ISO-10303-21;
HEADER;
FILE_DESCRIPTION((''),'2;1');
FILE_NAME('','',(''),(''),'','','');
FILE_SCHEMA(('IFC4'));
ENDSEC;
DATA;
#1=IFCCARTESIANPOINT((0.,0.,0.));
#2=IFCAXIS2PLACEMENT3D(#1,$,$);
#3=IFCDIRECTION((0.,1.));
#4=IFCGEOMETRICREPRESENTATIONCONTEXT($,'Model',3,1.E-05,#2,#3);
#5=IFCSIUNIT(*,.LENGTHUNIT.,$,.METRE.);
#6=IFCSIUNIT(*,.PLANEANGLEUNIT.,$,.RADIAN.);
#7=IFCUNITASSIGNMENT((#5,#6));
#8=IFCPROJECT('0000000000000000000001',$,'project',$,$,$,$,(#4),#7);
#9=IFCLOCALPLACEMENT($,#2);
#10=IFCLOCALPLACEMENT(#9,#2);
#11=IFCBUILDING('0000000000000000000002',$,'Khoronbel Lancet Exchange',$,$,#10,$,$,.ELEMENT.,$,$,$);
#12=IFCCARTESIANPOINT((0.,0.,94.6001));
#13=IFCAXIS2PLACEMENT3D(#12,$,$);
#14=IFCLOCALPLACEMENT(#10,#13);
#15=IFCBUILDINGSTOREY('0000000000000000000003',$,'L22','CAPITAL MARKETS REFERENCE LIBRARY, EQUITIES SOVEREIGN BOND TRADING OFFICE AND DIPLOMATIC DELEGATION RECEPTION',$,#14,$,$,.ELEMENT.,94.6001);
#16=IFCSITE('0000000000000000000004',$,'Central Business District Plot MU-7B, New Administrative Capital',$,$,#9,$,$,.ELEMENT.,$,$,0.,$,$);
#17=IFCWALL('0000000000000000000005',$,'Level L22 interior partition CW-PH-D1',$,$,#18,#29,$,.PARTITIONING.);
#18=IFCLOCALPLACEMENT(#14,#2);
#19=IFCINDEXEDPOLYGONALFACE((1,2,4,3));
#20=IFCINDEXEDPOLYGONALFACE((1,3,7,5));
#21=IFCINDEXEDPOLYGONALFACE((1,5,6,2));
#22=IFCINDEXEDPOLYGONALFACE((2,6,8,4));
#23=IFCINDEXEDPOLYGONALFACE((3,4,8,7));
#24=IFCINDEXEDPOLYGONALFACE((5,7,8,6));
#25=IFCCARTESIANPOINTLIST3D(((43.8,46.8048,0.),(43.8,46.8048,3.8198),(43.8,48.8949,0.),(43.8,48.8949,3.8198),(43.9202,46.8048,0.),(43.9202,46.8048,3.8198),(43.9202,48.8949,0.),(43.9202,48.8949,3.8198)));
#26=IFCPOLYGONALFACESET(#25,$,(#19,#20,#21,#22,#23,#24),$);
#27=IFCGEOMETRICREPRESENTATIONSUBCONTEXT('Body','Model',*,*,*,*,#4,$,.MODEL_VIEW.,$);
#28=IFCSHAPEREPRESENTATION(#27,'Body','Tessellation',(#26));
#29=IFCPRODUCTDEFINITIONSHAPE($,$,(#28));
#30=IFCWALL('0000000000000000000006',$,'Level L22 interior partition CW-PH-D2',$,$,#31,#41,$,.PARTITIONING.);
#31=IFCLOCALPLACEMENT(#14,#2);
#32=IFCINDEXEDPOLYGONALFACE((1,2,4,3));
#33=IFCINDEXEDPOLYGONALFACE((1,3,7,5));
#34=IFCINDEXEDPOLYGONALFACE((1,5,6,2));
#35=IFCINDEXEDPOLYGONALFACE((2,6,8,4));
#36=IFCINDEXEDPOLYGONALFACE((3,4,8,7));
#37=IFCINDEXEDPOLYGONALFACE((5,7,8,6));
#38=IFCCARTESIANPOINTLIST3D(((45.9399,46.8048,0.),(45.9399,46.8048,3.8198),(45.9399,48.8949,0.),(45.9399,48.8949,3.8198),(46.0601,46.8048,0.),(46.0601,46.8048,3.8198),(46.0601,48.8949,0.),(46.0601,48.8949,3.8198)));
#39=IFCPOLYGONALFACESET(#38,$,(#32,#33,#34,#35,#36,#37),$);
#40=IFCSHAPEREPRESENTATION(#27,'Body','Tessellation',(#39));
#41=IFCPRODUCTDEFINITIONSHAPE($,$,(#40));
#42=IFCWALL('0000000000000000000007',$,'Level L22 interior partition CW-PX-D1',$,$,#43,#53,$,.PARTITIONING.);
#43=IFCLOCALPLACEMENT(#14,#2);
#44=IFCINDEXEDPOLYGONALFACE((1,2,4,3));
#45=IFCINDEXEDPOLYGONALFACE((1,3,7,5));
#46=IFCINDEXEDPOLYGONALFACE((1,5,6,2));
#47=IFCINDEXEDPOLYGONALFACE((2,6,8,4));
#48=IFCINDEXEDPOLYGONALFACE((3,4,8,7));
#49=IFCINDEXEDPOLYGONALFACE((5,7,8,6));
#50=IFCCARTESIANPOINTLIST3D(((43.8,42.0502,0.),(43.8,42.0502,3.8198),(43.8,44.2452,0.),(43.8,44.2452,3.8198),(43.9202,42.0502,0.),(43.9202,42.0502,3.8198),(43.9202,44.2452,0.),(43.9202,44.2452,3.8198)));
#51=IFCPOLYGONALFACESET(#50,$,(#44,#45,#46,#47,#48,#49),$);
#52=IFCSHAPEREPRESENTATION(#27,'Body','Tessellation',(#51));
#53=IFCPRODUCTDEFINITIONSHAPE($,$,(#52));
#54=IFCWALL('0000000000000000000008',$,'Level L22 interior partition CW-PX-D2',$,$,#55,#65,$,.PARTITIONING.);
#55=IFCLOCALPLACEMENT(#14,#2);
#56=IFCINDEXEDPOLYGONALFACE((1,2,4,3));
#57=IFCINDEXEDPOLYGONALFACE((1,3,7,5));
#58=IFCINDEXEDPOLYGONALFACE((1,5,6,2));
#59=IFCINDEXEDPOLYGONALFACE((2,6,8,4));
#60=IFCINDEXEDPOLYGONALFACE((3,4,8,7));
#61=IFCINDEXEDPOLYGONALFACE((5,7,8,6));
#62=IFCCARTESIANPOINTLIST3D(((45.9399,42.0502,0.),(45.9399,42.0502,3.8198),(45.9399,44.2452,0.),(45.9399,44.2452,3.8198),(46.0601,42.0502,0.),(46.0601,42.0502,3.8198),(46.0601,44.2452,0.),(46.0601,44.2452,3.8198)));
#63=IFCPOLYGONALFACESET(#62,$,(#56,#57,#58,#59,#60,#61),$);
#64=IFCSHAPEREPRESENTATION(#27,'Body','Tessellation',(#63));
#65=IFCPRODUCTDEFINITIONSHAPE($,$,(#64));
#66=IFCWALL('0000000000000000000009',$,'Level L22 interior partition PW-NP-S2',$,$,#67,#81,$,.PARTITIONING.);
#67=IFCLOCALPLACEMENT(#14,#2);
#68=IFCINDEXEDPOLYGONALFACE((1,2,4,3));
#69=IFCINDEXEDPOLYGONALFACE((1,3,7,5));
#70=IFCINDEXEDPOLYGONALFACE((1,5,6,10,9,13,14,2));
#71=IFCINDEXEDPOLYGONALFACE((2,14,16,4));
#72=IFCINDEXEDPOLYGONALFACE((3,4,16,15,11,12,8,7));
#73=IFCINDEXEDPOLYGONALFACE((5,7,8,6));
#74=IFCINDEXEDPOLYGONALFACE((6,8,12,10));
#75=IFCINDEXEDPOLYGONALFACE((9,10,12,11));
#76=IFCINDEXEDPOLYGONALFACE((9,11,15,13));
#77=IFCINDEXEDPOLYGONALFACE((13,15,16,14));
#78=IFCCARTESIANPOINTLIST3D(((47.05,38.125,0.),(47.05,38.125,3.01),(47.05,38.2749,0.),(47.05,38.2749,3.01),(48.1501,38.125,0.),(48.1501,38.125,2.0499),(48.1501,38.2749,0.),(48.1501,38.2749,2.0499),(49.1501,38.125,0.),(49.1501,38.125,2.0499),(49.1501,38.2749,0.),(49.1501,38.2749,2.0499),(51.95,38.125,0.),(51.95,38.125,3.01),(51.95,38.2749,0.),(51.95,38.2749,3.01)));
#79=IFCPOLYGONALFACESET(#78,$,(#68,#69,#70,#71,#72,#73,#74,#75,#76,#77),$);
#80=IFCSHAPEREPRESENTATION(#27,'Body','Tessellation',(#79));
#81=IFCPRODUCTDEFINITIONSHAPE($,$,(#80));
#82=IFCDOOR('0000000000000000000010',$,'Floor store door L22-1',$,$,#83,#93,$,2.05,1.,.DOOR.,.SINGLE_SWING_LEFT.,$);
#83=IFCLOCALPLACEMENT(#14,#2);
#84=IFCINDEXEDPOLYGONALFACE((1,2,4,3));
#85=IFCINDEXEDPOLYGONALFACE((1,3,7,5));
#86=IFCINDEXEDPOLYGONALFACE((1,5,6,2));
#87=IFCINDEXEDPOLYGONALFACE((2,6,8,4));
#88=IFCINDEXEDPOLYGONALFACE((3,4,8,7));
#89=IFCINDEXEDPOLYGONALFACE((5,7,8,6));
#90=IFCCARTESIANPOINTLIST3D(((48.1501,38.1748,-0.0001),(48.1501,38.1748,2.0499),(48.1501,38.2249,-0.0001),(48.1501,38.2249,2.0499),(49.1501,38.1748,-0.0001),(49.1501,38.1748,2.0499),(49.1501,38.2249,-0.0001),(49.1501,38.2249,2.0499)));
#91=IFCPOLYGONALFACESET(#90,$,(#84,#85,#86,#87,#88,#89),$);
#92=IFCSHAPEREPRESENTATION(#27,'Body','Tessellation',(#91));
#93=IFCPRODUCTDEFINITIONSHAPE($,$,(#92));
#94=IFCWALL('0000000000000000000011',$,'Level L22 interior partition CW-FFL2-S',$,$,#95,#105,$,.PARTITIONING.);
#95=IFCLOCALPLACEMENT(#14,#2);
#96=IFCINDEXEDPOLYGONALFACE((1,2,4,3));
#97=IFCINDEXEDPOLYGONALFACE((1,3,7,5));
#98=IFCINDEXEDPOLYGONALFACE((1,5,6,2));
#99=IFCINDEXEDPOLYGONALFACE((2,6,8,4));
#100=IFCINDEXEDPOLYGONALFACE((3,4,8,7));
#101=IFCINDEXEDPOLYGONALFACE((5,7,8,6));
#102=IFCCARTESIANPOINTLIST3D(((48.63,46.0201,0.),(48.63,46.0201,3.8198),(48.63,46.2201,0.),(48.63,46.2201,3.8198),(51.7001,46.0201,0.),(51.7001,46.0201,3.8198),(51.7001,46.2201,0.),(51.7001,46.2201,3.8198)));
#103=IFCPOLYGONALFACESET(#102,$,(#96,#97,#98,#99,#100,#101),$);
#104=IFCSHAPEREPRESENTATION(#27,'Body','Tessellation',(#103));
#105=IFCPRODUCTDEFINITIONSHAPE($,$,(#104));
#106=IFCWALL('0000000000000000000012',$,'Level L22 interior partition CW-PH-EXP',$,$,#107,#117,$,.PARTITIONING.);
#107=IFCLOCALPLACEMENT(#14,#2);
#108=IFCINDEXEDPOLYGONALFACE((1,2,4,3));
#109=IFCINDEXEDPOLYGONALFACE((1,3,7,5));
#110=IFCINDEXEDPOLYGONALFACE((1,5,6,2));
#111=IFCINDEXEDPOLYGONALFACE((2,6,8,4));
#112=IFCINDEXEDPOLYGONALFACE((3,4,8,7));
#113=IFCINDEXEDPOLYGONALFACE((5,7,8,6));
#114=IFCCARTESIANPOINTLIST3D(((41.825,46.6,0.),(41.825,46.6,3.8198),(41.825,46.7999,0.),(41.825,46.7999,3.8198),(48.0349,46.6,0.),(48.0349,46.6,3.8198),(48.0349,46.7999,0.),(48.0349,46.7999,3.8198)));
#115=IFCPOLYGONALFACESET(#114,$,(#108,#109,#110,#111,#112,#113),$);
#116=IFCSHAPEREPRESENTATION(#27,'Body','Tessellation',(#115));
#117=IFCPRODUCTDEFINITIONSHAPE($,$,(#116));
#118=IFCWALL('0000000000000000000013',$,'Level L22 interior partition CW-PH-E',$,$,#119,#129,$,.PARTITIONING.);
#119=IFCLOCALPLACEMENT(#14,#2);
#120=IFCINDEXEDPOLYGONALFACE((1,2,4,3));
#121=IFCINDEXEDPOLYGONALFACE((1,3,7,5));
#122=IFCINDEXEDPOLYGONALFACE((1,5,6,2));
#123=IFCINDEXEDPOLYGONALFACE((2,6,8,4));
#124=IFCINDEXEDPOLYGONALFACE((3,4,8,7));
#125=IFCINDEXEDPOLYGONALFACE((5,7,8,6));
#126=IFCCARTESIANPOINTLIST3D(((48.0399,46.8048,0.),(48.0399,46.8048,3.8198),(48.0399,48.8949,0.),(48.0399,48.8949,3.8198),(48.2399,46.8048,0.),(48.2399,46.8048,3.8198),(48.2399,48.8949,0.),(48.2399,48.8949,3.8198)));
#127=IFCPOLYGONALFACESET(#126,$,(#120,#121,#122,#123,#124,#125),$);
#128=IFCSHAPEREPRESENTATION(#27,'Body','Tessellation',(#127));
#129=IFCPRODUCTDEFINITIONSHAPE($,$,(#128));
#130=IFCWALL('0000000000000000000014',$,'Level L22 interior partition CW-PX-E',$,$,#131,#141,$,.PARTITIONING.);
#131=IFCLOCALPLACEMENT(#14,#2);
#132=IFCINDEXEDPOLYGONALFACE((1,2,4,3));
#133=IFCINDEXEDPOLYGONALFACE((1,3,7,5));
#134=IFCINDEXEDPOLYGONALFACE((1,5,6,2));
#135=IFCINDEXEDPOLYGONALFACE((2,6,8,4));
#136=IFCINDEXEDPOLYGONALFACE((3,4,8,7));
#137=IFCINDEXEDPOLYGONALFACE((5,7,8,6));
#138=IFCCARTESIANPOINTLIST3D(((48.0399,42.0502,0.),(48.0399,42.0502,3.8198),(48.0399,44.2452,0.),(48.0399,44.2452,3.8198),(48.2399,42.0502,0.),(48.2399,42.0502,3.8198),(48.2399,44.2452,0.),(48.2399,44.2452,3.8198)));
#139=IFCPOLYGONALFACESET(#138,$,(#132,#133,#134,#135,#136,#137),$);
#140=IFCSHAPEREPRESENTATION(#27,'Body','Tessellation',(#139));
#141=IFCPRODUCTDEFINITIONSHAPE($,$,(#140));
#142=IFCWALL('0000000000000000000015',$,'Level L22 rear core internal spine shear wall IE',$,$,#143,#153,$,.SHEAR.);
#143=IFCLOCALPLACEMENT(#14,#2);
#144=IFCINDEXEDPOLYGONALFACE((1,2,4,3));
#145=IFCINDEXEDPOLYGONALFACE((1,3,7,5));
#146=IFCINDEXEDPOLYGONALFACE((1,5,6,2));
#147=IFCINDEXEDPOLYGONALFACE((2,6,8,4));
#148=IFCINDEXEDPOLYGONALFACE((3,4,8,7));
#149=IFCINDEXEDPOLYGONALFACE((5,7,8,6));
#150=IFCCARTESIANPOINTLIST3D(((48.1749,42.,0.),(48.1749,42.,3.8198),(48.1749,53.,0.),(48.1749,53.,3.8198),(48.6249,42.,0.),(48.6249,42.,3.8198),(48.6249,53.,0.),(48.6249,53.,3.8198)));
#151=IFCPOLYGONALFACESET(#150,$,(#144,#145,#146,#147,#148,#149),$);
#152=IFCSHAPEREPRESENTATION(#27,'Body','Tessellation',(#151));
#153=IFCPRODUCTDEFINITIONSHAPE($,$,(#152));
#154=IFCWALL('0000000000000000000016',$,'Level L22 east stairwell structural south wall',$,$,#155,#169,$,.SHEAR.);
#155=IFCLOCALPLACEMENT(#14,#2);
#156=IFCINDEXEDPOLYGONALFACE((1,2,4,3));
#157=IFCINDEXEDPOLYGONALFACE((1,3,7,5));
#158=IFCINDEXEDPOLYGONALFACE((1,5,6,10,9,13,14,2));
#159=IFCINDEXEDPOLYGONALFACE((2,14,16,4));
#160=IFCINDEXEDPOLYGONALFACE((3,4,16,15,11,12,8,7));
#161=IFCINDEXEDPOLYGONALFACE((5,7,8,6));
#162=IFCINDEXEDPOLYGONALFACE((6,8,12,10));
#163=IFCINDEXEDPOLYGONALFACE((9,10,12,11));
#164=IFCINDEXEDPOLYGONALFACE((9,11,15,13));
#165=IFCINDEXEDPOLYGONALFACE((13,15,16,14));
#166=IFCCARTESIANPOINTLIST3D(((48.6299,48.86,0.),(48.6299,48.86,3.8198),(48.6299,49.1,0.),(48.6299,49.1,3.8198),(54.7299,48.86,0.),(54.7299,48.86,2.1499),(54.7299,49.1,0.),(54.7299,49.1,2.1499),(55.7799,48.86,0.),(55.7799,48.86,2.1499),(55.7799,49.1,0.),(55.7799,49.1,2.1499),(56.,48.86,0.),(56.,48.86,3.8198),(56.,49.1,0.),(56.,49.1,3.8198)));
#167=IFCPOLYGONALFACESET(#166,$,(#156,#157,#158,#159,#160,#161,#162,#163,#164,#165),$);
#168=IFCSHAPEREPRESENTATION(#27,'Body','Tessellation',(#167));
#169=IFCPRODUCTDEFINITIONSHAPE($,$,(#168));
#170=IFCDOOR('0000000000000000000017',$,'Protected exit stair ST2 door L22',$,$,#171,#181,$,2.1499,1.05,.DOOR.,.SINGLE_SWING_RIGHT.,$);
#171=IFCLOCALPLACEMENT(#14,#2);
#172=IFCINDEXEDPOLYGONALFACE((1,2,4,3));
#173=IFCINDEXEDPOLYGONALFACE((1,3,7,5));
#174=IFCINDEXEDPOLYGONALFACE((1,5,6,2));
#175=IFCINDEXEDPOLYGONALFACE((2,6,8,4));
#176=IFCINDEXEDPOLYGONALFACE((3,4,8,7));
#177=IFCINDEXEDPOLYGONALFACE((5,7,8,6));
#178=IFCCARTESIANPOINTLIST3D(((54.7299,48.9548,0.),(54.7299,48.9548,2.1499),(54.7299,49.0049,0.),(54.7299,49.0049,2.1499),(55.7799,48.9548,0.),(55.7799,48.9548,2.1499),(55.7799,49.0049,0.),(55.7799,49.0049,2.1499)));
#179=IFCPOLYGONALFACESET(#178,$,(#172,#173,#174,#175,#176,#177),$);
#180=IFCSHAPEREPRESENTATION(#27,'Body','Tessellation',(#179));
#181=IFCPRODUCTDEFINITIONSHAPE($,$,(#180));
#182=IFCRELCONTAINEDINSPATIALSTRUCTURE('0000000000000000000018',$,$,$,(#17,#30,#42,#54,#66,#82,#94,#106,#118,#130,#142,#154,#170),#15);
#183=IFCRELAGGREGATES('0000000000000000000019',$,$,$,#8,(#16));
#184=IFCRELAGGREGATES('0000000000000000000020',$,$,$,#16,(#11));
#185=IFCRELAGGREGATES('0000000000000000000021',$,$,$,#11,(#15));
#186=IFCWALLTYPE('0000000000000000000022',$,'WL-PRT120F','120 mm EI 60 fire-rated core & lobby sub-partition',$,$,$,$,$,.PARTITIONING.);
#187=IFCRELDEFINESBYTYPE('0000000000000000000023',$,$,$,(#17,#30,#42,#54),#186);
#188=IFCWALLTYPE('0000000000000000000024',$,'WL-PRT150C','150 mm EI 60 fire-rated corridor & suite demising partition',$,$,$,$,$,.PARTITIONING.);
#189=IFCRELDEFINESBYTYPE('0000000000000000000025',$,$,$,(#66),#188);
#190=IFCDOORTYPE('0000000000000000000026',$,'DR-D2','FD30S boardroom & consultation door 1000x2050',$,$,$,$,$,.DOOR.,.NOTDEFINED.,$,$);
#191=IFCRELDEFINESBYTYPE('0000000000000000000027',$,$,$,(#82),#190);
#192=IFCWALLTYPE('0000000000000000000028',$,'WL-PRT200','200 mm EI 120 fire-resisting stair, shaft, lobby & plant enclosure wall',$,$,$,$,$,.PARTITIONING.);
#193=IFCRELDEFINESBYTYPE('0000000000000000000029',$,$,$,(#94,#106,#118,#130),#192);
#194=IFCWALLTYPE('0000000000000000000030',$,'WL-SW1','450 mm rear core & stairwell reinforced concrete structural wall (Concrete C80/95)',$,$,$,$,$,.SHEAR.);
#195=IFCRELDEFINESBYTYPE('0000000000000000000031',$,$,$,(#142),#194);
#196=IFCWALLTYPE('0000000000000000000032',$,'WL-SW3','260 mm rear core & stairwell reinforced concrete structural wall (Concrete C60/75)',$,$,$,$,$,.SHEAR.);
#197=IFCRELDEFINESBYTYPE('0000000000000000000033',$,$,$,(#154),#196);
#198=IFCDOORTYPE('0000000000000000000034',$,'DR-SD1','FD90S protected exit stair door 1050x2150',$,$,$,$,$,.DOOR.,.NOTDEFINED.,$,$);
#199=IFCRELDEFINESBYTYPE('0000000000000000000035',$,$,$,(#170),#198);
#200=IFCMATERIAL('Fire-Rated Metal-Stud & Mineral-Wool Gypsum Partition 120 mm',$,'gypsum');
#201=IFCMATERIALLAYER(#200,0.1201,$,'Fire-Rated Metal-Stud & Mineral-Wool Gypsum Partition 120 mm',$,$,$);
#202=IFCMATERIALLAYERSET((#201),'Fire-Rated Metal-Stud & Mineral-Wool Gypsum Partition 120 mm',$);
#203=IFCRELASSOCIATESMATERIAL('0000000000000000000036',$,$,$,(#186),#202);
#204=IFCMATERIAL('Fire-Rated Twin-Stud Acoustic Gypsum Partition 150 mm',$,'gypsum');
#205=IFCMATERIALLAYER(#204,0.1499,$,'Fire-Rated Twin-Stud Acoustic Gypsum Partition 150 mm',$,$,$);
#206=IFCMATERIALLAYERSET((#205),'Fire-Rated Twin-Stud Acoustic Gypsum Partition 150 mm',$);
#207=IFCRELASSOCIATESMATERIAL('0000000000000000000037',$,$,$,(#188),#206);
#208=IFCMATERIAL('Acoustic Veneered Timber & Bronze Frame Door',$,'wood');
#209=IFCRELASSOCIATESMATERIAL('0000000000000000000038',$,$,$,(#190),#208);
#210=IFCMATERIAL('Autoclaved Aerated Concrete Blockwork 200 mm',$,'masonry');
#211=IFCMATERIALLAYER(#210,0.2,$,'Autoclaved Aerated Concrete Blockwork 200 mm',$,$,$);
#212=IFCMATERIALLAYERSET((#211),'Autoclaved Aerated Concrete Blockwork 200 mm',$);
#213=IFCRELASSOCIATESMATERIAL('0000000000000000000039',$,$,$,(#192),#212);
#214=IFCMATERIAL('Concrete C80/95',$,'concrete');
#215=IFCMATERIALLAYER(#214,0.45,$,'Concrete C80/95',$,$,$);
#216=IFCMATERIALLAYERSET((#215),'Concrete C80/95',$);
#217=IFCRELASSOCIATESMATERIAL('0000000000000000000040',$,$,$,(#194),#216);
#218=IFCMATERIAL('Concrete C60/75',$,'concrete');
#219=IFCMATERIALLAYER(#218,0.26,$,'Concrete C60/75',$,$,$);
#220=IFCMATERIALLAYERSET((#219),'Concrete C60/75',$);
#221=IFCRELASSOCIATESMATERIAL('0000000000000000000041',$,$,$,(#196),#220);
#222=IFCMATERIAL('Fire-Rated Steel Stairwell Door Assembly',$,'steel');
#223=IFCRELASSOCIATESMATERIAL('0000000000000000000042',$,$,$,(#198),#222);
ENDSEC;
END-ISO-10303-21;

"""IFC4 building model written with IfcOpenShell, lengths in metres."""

from ifc_helpers import new_model, si_unit, direction, frame, frame_2d, origin, place, context, subcontext, project, spatial, rectangle, extrude, material, layer, layer_set, type_object, element, fill, save


model = new_model("IFC4")

# Units and contexts
model_context = context("Model", 3, precision=1e-05, world=origin(), true_north=direction((0.0, 1.0)))
body_context = subcontext(model_context, "Body", "Model", "MODEL_VIEW")
ifc_project = project(units=[si_unit("LENGTHUNIT", "METRE"), si_unit("PLANEANGLEUNIT", "RADIAN")], contexts=[model_context])

# Site, building, storey
site_placement = place(None, origin())
site = spatial("IfcSite", under=ifc_project, at=site_placement, Name="Central Business District Plot MU-7B, New Administrative Capital", CompositionType="ELEMENT", RefElevation=0.0)
building_placement = place(site_placement, origin())
building = spatial("IfcBuilding", under=site, at=building_placement, Name="Khoronbel Lancet Exchange", CompositionType="ELEMENT")
storey_placement = place(building_placement, frame((0.0, 0.0, 94.6001)))
storey = spatial("IfcBuildingStorey", under=building, at=storey_placement, Name="L22", Description="CAPITAL MARKETS REFERENCE LIBRARY, EQUITIES SOVEREIGN BOND TRADING OFFICE AND DIPLOMATIC DELEGATION RECEPTION", CompositionType="ELEMENT", Elevation=94.6001)

# Walls
ifc_material_1 = material(Name="Fire-Rated Metal-Stud & Mineral-Wool Gypsum Partition 120 mm", Category="gypsum")
ifc_layer_1 = layer(ifc_material_1, 0.1201, Name="Fire-Rated Metal-Stud & Mineral-Wool Gypsum Partition 120 mm")
ifc_layer_set_1 = layer_set([ifc_layer_1], Name="Fire-Rated Metal-Stud & Mineral-Wool Gypsum Partition 120 mm")
wall_type_1 = type_object("IfcWallType", Name="WL-PRT120F", Description="120 mm EI 60 fire-rated core & lobby sub-partition", PredefinedType="PARTITIONING", material=ifc_layer_set_1)
for number, where, z_axis, x_axis, name in (
    (1, (43.8601, 46.8049, 0.0), (0.0, 0.0, 1.0), (0.0, 1.0, 0.0), "Level L22 interior partition CW-PH-D1"),
    (2, (46.0, 46.8049, 0.0), (0.0, 0.0, 1.0), (0.0, 1.0, 0.0), "Level L22 interior partition CW-PH-D2"),
):
    element("IfcWall", number, at=place(storey_placement, frame(where, z_axis=z_axis, x_axis=x_axis)), inside=storey, type_object=wall_type_1, Name=name, PredefinedType="PARTITIONING", context=body_context, shape_type="SweptSolid", body=[
        extrude(rectangle(XDim=2.0901, YDim=0.1201, at=frame_2d((1.0449, 0.0))), origin(), (0.0, 0.0, 1.0), 3.8198),
    ])
for number, where, z_axis, x_axis, name in (
    (3, (43.8601, 42.05, 0.0), (0.0, 0.0, 1.0), (0.0, 1.0, 0.0), "Level L22 interior partition CW-PX-D1"),
    (4, (46.0, 42.05, 0.0), (0.0, 0.0, 1.0), (0.0, 1.0, 0.0), "Level L22 interior partition CW-PX-D2"),
):
    element("IfcWall", number, at=place(storey_placement, frame(where, z_axis=z_axis, x_axis=x_axis)), inside=storey, type_object=wall_type_1, Name=name, PredefinedType="PARTITIONING", context=body_context, shape_type="SweptSolid", body=[
        extrude(rectangle(XDim=2.1951, YDim=0.1201, at=frame_2d((1.0977, 0.0))), origin(), (0.0, 0.0, 1.0), 3.8198),
    ])

# Wall, opening, door
ifc_material_2 = material(Name="Fire-Rated Twin-Stud Acoustic Gypsum Partition 150 mm", Category="gypsum")
ifc_layer_2 = layer(ifc_material_2, 0.1499, Name="Fire-Rated Twin-Stud Acoustic Gypsum Partition 150 mm")
ifc_layer_set_2 = layer_set([ifc_layer_2], Name="Fire-Rated Twin-Stud Acoustic Gypsum Partition 150 mm")
wall_type_2 = type_object("IfcWallType", Name="WL-PRT150C", Description="150 mm EI 60 fire-rated corridor & suite demising partition", PredefinedType="PARTITIONING", material=ifc_layer_set_2)
wall_1_placement = place(storey_placement, frame((47.05, 38.2, 0.0), z_axis=(0.0, 0.0, 1.0), x_axis=(1.0, 0.0, 0.0)))
wall_1 = element("IfcWall", 5, at=wall_1_placement, inside=storey, type_object=wall_type_2, Name="Level L22 interior partition PW-NP-S2", PredefinedType="PARTITIONING", context=body_context, shape_type="SweptSolid", body=[
    extrude(rectangle(XDim=4.8999, YDim=0.1499, at=frame_2d((2.45, 0.0))), origin(), (0.0, 0.0, 1.0), 3.01),
])
opening_1_placement = place(wall_1_placement, frame((1.1001, 0.0, 0.0)))
opening_1 = element("IfcOpeningElement", 6, at=opening_1_placement, cuts=wall_1, PredefinedType="OPENING", context=body_context, shape_type="SweptSolid", body=[
    extrude(rectangle(XDim=1.0, YDim=2.05, at=frame_2d((0.5, 1.0249))), frame((0.0, 0.085, 0.0), z_axis=(0.0, -1.0, 0.0), x_axis=(1.0, 0.0, 0.0)), (0.0, 0.0, 1.0), 0.1699),
])
ifc_material_3 = material(Name="Acoustic Veneered Timber & Bronze Frame Door", Category="wood")
door_type_1 = type_object("IfcDoorType", Name="DR-D2", Description="FD30S boardroom & consultation door 1000x2050", OperationType="NOTDEFINED", PredefinedType="DOOR", material=ifc_material_3)
door_1_placement = place(opening_1_placement, origin())
door_1 = element("IfcDoor", 7, at=door_1_placement, inside=storey, type_object=door_type_1, Name="Floor store door L22-1", OperationType="SINGLE_SWING_LEFT", OverallHeight=2.05, OverallWidth=1.0, PredefinedType="DOOR", context=body_context, shape_type="SweptSolid", body=[
    extrude(rectangle(XDim=1.0, YDim=2.05, at=frame_2d((0.5, 1.0249))), frame((0.0, 0.0249, 0.0), z_axis=(0.0, -1.0, 0.0), x_axis=(1.0, 0.0, 0.0)), (0.0, 0.0, 1.0), 0.05),
])
fill(opening_1, door_1)

# Walls
ifc_material_4 = material(Name="Autoclaved Aerated Concrete Blockwork 200 mm", Category="masonry")
ifc_layer_3 = layer(ifc_material_4, 0.2, Name="Autoclaved Aerated Concrete Blockwork 200 mm")
ifc_layer_set_3 = layer_set([ifc_layer_3], Name="Autoclaved Aerated Concrete Blockwork 200 mm")
wall_type_3 = type_object("IfcWallType", Name="WL-PRT200", Description="200 mm EI 120 fire-resisting stair, shaft, lobby & plant enclosure wall", PredefinedType="PARTITIONING", material=ifc_layer_set_3)
wall_2_placement = place(storey_placement, frame((48.6299, 46.1201, 0.0), z_axis=(0.0, 0.0, 1.0), x_axis=(1.0, 0.0, 0.0)))
element("IfcWall", 8, at=wall_2_placement, inside=storey, type_object=wall_type_3, Name="Level L22 interior partition CW-FFL2-S", PredefinedType="PARTITIONING", context=body_context, shape_type="SweptSolid", body=[
    extrude(rectangle(XDim=3.0701, YDim=0.2, at=frame_2d((1.5352, 0.0))), origin(), (0.0, 0.0, 1.0), 3.8198),
])
wall_3_placement = place(storey_placement, frame((41.825, 46.7, 0.0), z_axis=(0.0, 0.0, 1.0), x_axis=(1.0, 0.0, 0.0)))
element("IfcWall", 9, at=wall_3_placement, inside=storey, type_object=wall_type_3, Name="Level L22 interior partition CW-PH-EXP", PredefinedType="PARTITIONING", context=body_context, shape_type="SweptSolid", body=[
    extrude(rectangle(XDim=6.21, YDim=0.2, at=frame_2d((3.105, 0.0))), origin(), (0.0, 0.0, 1.0), 3.8198),
])
wall_4_placement = place(storey_placement, frame((48.1399, 46.8049, 0.0), z_axis=(0.0, 0.0, 1.0), x_axis=(0.0, 1.0, 0.0)))
element("IfcWall", 10, at=wall_4_placement, inside=storey, type_object=wall_type_3, Name="Level L22 interior partition CW-PH-E", PredefinedType="PARTITIONING", context=body_context, shape_type="SweptSolid", body=[
    extrude(rectangle(XDim=2.0901, YDim=0.2, at=frame_2d((1.0449, 0.0))), origin(), (0.0, 0.0, 1.0), 3.8198),
])
wall_5_placement = place(storey_placement, frame((48.1399, 42.05, 0.0), z_axis=(0.0, 0.0, 1.0), x_axis=(0.0, 1.0, 0.0)))
element("IfcWall", 11, at=wall_5_placement, inside=storey, type_object=wall_type_3, Name="Level L22 interior partition CW-PX-E", PredefinedType="PARTITIONING", context=body_context, shape_type="SweptSolid", body=[
    extrude(rectangle(XDim=2.1951, YDim=0.2, at=frame_2d((1.0977, 0.0))), origin(), (0.0, 0.0, 1.0), 3.8198),
])
ifc_material_5 = material(Name="Concrete C80/95", Category="concrete")
ifc_layer_4 = layer(ifc_material_5, 0.45, Name="Concrete C80/95")
ifc_layer_set_4 = layer_set([ifc_layer_4], Name="Concrete C80/95")
wall_type_4 = type_object("IfcWallType", Name="WL-SW1", Description="450 mm rear core & stairwell reinforced concrete structural wall (Concrete C80/95)", PredefinedType="SHEAR", material=ifc_layer_set_4)
wall_6_placement = place(storey_placement, frame((48.3999, 42.0, 0.0), z_axis=(0.0, 0.0, 1.0), x_axis=(0.0, 1.0, 0.0)))
element("IfcWall", 12, at=wall_6_placement, inside=storey, type_object=wall_type_4, Name="Level L22 rear core internal spine shear wall IE", PredefinedType="SHEAR", context=body_context, shape_type="SweptSolid", body=[
    extrude(rectangle(XDim=11.0, YDim=0.45, at=frame_2d((5.5, 0.0))), origin(), (0.0, 0.0, 1.0), 3.8198),
])

# Wall, opening, door
ifc_material_6 = material(Name="Concrete C60/75", Category="concrete")
ifc_layer_5 = layer(ifc_material_6, 0.26, Name="Concrete C60/75")
ifc_layer_set_5 = layer_set([ifc_layer_5], Name="Concrete C60/75")
wall_type_5 = type_object("IfcWallType", Name="WL-SW3", Description="260 mm rear core & stairwell reinforced concrete structural wall (Concrete C60/75)", PredefinedType="SHEAR", material=ifc_layer_set_5)
wall_7_placement = place(storey_placement, frame((48.6299, 48.98, 0.0), z_axis=(0.0, 0.0, 1.0), x_axis=(1.0, 0.0, 0.0)))
wall_7 = element("IfcWall", 13, at=wall_7_placement, inside=storey, type_object=wall_type_5, Name="Level L22 east stairwell structural south wall", PredefinedType="SHEAR", context=body_context, shape_type="SweptSolid", body=[
    extrude(rectangle(XDim=7.3701, YDim=0.24, at=frame_2d((3.6851, 0.0))), origin(), (0.0, 0.0, 1.0), 3.8198),
])
opening_2_placement = place(wall_7_placement, frame((6.1001, 0.0, 0.0)))
opening_2 = element("IfcOpeningElement", 14, at=opening_2_placement, cuts=wall_7, PredefinedType="OPENING", context=body_context, shape_type="SweptSolid", body=[
    extrude(rectangle(XDim=1.05, YDim=2.1499, at=frame_2d((0.5249, 1.075))), frame((0.0, 0.1299, 0.0), z_axis=(0.0, -1.0, 0.0), x_axis=(1.0, 0.0, 0.0)), (0.0, 0.0, 1.0), 0.26),
])
ifc_material_7 = material(Name="Fire-Rated Steel Stairwell Door Assembly", Category="steel")
door_type_2 = type_object("IfcDoorType", Name="DR-SD1", Description="FD90S protected exit stair door 1050x2150", OperationType="NOTDEFINED", PredefinedType="DOOR", material=ifc_material_7)
door_2_placement = place(opening_2_placement, origin())
door_2 = element("IfcDoor", 15, at=door_2_placement, inside=storey, type_object=door_type_2, Name="Protected exit stair ST2 door L22", OperationType="SINGLE_SWING_RIGHT", OverallHeight=2.1499, OverallWidth=1.05, PredefinedType="DOOR", context=body_context, shape_type="SweptSolid", body=[
    extrude(rectangle(XDim=1.05, YDim=2.1499, at=frame_2d((0.5249, 1.075))), frame((0.0, 0.0249, 0.0), z_axis=(0.0, -1.0, 0.0), x_axis=(1.0, 0.0, 0.0)), (0.0, 0.0, 1.0), 0.05),
])
fill(opening_2, door_2)

save(model, "model.ifc")
